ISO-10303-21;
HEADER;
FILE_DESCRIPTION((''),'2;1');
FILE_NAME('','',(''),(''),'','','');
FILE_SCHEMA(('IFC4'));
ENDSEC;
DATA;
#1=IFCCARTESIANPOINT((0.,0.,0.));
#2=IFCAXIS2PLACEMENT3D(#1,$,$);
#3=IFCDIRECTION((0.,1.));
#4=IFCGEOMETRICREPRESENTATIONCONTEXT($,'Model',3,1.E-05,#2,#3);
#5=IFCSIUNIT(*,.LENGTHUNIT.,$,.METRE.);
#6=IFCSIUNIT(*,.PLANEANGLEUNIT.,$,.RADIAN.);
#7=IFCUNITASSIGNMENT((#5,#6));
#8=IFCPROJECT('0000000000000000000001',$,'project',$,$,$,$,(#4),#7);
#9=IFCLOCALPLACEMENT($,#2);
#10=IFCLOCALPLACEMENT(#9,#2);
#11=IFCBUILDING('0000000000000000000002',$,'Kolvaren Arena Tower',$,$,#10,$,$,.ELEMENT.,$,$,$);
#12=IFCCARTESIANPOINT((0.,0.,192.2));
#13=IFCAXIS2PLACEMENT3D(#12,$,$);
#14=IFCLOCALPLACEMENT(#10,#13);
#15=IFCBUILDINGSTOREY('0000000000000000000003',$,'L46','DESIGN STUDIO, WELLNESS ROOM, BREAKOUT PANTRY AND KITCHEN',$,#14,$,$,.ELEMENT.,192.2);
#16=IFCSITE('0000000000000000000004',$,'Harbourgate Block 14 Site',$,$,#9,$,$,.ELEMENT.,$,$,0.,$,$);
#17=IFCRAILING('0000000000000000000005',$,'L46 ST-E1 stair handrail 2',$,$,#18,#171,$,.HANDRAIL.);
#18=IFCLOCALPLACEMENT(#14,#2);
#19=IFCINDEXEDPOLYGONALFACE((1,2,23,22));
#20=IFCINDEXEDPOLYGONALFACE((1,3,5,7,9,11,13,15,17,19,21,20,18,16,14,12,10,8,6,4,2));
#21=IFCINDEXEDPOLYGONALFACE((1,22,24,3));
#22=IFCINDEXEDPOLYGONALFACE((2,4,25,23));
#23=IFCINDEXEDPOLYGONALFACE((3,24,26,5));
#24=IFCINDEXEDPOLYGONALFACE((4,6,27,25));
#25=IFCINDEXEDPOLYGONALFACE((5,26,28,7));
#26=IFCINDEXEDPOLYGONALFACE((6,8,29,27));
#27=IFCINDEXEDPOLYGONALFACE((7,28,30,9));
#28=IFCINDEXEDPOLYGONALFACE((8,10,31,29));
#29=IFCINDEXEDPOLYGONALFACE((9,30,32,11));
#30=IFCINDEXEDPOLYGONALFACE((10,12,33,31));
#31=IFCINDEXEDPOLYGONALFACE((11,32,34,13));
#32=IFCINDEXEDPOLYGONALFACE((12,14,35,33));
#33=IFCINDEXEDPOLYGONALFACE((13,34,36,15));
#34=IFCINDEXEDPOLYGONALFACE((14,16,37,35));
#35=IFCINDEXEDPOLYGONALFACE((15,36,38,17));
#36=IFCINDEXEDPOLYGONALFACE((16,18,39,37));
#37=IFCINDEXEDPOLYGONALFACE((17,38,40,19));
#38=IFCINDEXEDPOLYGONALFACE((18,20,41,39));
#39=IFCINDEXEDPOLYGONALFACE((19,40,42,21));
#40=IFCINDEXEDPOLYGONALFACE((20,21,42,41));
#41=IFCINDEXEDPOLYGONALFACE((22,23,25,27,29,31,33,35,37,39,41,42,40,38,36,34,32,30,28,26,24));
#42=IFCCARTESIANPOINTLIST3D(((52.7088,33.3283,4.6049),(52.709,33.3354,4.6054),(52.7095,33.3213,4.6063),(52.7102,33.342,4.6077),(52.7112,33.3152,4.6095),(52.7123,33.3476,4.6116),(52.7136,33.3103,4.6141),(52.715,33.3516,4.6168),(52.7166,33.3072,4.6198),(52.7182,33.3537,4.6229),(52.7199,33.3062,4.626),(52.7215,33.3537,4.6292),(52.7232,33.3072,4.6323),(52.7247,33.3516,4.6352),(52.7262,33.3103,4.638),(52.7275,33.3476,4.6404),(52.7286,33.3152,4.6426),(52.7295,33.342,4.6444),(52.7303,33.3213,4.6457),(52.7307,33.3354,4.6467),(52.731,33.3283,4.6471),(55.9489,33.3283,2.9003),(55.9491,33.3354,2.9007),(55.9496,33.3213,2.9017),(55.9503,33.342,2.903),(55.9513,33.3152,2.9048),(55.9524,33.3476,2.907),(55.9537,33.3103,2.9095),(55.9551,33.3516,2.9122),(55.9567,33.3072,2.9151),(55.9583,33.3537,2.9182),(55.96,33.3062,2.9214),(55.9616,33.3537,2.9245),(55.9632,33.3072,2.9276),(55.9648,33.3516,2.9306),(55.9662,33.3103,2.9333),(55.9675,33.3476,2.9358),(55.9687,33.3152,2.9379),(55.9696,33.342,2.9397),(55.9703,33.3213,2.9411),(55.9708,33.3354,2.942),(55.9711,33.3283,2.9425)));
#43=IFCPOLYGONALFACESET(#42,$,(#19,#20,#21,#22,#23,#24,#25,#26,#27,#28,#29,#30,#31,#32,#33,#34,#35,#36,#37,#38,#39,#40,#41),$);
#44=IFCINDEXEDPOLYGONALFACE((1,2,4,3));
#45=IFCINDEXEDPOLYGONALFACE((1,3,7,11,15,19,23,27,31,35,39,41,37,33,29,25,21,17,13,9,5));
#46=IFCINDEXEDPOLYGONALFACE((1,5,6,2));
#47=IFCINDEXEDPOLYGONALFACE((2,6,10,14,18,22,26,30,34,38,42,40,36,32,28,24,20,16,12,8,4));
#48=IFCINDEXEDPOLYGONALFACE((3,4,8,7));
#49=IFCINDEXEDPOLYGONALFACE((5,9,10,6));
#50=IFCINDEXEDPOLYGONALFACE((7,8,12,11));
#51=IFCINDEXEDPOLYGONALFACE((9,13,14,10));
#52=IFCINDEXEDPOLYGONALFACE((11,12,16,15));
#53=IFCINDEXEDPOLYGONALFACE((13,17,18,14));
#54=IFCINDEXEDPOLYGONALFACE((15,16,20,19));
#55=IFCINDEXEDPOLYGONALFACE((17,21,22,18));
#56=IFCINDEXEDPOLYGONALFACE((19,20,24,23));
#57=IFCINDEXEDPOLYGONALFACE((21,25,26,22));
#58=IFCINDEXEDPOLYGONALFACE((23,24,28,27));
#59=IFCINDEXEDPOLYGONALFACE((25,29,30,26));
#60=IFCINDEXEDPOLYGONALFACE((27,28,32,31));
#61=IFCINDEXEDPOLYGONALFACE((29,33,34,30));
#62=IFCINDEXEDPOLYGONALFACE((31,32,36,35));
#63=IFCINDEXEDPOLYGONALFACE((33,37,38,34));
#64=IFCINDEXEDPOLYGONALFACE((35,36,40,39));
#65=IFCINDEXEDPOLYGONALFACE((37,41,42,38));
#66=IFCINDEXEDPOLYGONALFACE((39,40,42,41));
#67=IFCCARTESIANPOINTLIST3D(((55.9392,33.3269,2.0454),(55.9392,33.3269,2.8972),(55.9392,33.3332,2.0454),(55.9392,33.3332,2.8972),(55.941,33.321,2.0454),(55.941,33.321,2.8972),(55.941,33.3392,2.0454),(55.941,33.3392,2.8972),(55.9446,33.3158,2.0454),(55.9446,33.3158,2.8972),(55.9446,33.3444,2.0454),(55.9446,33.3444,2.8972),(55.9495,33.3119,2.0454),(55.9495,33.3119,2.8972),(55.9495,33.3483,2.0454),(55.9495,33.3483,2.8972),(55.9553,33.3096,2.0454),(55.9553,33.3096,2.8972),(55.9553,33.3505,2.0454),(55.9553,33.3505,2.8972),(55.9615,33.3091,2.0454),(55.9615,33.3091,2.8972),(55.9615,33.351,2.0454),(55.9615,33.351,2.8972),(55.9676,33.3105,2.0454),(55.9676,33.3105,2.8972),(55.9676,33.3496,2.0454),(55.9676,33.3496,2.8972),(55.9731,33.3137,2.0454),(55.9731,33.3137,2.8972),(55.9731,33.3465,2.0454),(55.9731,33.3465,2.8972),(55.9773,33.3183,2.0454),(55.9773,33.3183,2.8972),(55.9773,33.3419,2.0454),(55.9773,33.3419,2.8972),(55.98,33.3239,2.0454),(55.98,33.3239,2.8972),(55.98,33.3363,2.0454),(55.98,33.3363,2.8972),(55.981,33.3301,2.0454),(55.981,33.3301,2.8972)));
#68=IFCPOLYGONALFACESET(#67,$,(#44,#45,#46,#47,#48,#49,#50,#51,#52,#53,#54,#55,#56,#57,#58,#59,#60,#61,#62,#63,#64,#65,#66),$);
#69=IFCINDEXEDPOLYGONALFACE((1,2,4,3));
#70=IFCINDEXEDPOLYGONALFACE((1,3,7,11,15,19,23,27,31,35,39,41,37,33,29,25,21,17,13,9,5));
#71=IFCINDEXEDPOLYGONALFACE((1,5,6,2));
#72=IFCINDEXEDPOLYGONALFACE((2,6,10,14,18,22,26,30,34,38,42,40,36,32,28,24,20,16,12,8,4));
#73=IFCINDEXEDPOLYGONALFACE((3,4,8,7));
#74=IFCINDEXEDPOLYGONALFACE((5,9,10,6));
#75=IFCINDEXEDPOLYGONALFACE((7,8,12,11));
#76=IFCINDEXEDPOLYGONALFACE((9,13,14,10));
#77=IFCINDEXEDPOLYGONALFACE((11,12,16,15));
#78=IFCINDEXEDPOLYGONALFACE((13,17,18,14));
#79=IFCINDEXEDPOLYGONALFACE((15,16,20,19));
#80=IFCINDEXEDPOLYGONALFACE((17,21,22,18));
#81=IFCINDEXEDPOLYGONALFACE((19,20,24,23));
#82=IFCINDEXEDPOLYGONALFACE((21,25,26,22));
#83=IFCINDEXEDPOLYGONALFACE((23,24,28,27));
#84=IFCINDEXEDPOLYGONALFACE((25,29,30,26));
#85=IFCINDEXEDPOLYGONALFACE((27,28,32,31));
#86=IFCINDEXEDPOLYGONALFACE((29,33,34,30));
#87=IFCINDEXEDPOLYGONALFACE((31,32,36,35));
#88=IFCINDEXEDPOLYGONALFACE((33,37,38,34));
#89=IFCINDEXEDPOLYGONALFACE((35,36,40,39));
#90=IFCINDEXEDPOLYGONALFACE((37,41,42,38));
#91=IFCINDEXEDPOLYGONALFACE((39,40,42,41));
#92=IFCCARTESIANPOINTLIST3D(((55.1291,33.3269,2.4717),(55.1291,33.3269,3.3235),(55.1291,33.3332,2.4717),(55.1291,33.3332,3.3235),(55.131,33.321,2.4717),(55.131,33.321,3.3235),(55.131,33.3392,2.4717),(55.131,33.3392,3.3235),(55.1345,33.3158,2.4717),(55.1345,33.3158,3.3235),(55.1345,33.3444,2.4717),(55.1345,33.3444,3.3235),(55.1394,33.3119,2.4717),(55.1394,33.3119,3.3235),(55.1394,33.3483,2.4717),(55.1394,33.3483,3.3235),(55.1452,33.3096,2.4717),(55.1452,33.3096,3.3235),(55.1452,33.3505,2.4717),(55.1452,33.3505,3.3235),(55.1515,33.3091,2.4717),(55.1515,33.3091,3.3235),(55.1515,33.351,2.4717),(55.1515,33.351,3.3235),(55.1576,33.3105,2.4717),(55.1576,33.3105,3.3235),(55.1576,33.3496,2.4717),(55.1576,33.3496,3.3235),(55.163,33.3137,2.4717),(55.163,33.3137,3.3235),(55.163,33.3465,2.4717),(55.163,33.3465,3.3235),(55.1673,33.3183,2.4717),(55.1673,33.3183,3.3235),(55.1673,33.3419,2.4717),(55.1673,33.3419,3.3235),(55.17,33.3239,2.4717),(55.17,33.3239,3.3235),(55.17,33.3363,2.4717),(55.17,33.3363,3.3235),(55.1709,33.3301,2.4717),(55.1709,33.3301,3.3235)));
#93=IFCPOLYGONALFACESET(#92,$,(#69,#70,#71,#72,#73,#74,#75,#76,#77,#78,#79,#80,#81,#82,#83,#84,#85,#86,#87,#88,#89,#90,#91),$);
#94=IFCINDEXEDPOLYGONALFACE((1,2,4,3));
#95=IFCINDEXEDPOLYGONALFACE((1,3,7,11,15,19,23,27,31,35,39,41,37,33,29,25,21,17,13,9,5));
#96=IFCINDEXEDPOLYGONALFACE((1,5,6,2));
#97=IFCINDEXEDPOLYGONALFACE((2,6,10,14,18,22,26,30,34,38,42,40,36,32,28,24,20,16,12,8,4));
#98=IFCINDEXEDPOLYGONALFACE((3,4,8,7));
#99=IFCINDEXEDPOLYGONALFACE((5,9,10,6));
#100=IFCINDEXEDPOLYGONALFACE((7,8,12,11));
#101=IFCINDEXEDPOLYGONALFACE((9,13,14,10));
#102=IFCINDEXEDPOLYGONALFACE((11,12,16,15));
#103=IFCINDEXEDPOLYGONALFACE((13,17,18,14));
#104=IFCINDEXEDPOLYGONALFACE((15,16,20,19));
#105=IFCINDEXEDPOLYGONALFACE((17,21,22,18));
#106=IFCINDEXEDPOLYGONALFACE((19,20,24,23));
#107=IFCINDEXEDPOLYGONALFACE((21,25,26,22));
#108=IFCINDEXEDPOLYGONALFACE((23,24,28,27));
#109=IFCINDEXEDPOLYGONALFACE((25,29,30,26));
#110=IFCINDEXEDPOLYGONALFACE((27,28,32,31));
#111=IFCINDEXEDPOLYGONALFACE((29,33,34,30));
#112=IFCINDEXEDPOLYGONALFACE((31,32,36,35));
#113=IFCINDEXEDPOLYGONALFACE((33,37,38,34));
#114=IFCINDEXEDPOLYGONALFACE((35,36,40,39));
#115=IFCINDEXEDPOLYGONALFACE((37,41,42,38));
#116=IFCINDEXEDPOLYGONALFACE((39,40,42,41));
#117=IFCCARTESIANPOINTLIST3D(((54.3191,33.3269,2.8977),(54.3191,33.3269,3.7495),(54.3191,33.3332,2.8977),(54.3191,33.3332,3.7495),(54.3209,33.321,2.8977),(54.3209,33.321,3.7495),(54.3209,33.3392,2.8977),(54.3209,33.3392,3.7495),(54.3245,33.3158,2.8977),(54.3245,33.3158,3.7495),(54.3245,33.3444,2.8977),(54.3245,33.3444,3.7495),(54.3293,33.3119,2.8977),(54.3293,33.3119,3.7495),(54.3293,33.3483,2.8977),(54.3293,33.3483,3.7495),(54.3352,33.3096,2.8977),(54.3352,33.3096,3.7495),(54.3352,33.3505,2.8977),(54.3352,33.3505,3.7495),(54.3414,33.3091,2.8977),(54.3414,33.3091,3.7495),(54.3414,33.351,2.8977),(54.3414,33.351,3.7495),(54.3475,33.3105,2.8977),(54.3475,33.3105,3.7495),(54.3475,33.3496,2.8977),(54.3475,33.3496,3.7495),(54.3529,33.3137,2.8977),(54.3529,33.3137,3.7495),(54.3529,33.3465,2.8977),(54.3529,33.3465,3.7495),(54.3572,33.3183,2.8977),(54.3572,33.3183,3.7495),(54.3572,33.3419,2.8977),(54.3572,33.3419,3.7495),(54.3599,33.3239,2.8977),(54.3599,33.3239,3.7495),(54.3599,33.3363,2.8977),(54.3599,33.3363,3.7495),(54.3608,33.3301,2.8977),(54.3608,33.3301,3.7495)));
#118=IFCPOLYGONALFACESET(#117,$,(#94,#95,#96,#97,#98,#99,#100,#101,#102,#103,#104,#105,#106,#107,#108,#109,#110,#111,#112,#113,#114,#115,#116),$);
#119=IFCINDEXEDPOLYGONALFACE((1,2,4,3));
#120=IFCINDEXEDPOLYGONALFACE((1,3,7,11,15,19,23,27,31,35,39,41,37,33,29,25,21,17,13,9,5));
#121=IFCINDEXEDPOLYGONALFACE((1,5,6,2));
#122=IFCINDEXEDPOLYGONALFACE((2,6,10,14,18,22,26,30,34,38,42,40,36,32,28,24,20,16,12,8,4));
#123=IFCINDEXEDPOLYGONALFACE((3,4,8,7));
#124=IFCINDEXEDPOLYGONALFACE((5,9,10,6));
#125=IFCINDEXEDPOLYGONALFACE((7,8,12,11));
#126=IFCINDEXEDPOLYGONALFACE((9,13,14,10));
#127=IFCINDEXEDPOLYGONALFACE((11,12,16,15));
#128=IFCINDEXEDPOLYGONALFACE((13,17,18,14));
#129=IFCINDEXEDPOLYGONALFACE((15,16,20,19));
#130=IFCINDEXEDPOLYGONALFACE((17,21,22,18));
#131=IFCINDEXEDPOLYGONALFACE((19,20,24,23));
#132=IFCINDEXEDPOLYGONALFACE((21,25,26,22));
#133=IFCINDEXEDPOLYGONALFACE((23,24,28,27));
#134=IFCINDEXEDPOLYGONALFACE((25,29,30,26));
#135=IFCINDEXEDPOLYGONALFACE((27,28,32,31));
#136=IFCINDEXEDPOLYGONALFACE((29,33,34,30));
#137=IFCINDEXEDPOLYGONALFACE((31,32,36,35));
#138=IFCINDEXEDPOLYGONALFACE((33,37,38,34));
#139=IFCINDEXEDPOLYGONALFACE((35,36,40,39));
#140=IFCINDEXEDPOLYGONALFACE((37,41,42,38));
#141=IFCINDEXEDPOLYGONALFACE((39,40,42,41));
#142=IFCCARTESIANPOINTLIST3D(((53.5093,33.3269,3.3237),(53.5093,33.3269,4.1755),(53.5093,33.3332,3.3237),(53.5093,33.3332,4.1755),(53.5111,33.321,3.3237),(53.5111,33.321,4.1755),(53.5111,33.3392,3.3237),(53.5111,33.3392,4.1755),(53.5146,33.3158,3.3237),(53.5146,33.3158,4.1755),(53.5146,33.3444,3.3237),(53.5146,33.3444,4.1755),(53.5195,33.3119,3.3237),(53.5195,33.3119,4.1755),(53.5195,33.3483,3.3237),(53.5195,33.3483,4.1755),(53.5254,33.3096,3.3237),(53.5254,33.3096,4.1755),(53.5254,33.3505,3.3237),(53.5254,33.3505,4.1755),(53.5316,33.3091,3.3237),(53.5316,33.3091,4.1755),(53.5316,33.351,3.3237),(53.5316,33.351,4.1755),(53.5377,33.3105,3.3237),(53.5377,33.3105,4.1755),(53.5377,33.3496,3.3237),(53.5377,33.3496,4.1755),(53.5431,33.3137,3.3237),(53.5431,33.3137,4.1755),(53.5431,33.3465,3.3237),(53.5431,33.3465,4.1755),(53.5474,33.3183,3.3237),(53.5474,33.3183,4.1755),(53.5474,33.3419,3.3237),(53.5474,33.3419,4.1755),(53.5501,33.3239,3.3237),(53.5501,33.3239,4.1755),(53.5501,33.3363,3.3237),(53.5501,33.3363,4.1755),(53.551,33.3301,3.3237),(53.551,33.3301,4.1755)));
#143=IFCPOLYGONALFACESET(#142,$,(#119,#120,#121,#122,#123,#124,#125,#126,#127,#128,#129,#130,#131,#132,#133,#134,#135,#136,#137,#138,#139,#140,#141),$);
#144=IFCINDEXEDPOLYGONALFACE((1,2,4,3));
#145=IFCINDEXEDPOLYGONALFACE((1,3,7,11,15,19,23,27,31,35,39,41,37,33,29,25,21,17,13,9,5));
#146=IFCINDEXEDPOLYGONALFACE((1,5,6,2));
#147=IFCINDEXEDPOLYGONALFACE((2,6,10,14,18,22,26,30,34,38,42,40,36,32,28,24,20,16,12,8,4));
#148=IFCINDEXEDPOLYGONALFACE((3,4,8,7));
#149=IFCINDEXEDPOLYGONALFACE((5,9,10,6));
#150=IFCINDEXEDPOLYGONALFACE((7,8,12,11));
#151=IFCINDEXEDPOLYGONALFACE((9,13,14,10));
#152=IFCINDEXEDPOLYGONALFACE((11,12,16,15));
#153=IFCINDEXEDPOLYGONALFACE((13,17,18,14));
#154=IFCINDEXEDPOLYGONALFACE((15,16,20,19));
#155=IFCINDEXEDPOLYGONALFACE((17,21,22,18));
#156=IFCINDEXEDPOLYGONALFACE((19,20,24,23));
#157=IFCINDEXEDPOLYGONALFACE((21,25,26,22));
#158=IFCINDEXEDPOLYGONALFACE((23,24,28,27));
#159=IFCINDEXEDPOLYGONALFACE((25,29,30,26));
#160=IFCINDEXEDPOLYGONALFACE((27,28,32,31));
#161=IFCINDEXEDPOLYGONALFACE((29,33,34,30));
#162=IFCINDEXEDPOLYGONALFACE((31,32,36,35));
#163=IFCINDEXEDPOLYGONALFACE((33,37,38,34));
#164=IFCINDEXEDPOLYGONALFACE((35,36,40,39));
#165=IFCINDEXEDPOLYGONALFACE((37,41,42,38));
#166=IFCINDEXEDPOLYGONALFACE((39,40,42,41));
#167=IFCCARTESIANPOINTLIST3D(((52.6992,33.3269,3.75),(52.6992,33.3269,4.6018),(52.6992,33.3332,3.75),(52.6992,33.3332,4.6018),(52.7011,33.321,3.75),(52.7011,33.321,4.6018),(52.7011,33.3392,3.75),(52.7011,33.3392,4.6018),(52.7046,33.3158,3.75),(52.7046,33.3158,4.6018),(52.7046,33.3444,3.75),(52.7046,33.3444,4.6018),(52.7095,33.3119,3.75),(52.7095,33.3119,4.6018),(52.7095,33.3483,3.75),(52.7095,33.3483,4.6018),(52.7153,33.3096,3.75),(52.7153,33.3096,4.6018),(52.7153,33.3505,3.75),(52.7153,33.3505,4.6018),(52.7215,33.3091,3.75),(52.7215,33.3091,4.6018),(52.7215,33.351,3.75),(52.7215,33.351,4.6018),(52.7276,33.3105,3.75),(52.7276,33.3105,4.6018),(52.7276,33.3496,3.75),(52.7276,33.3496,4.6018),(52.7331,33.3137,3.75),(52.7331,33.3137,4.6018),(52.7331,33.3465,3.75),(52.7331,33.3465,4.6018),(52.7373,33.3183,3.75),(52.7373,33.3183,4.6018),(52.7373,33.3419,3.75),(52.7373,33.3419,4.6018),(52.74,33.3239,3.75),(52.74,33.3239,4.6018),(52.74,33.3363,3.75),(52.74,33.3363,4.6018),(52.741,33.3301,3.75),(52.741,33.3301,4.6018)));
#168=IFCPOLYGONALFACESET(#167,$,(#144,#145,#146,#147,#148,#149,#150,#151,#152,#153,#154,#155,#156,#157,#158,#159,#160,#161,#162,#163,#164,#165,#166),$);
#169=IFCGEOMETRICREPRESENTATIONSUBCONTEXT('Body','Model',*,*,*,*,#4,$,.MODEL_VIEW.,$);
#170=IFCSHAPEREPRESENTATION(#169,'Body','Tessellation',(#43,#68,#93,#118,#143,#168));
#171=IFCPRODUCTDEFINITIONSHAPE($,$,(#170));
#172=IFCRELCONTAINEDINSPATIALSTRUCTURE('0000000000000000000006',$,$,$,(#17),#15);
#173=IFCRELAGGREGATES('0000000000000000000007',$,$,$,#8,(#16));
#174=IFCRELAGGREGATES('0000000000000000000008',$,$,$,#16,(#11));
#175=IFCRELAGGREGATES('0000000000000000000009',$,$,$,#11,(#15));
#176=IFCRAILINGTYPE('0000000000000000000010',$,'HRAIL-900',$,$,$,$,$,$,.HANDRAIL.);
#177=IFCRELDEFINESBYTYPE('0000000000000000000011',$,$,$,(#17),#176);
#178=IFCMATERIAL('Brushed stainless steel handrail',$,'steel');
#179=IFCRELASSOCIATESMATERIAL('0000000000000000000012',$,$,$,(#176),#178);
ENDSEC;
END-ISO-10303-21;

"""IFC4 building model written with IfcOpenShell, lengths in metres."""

from ifc_helpers import new_model, si_unit, direction, frame, origin, origin_2d, place, context, subcontext, project, spatial, circle, extrude, material, type_object, element, save


model = new_model("IFC4")

# Units and contexts
model_context = context("Model", 3, precision=1e-05, world=origin(), true_north=direction((0.0, 1.0)))
body_context = subcontext(model_context, "Body", "Model", "MODEL_VIEW")
ifc_project = project(units=[si_unit("LENGTHUNIT", "METRE"), si_unit("PLANEANGLEUNIT", "RADIAN")], contexts=[model_context])

# Site, building, storey
site_placement = place(None, origin())
site = spatial("IfcSite", under=ifc_project, at=site_placement, Name="Harbourgate Block 14 Site", CompositionType="ELEMENT", RefElevation=0.0)
building_placement = place(site_placement, origin())
building = spatial("IfcBuilding", under=site, at=building_placement, Name="Kolvaren Arena Tower", CompositionType="ELEMENT")
storey_placement = place(building_placement, frame((0.0, 0.0, 192.2)))
storey = spatial("IfcBuildingStorey", under=building, at=storey_placement, Name="L46", Description="DESIGN STUDIO, WELLNESS ROOM, BREAKOUT PANTRY AND KITCHEN", CompositionType="ELEMENT", Elevation=192.2)

# Railing
ifc_material_1 = material(Name="Brushed stainless steel handrail", Category="steel")
railing_type_1 = type_object("IfcRailingType", Name="HRAIL-900", PredefinedType="HANDRAIL", material=ifc_material_1)
railing_1_placement = place(storey_placement, frame((55.96, 33.3301, 2.0454)))
element("IfcRailing", 1, at=railing_1_placement, inside=storey, type_object=railing_type_1, Name="L46 ST-E1 stair handrail 2", PredefinedType="HANDRAIL", context=body_context, shape_type="SweptSolid", body=[
    extrude(circle(Radius=0.0239, at=origin_2d()), frame((0.0, 0.0, 0.876), z_axis=(-0.884993, 0.0, 0.465604), x_axis=(0.0, -1.0, 0.0)), (0.0, 0.0, 1.0), 3.6611),
    extrude(circle(Radius=0.021, at=origin_2d()), origin(), (0.0, 0.0, 1.0), 0.8518),
    extrude(circle(Radius=0.021, at=origin_2d()), frame((-0.8101, 0.0, 0.4263)), (0.0, 0.0, 1.0), 0.8518),
    extrude(circle(Radius=0.021, at=origin_2d()), frame((-1.6201, 0.0, 0.8523)), (0.0, 0.0, 1.0), 0.8518),
    extrude(circle(Radius=0.021, at=origin_2d()), frame((-2.4299, 0.0, 1.2783)), (0.0, 0.0, 1.0), 0.8518),
    extrude(circle(Radius=0.021, at=origin_2d()), frame((-3.24, 0.0, 1.7046)), (0.0, 0.0, 1.0), 0.8518),
])

save(model, "model.ifc")
